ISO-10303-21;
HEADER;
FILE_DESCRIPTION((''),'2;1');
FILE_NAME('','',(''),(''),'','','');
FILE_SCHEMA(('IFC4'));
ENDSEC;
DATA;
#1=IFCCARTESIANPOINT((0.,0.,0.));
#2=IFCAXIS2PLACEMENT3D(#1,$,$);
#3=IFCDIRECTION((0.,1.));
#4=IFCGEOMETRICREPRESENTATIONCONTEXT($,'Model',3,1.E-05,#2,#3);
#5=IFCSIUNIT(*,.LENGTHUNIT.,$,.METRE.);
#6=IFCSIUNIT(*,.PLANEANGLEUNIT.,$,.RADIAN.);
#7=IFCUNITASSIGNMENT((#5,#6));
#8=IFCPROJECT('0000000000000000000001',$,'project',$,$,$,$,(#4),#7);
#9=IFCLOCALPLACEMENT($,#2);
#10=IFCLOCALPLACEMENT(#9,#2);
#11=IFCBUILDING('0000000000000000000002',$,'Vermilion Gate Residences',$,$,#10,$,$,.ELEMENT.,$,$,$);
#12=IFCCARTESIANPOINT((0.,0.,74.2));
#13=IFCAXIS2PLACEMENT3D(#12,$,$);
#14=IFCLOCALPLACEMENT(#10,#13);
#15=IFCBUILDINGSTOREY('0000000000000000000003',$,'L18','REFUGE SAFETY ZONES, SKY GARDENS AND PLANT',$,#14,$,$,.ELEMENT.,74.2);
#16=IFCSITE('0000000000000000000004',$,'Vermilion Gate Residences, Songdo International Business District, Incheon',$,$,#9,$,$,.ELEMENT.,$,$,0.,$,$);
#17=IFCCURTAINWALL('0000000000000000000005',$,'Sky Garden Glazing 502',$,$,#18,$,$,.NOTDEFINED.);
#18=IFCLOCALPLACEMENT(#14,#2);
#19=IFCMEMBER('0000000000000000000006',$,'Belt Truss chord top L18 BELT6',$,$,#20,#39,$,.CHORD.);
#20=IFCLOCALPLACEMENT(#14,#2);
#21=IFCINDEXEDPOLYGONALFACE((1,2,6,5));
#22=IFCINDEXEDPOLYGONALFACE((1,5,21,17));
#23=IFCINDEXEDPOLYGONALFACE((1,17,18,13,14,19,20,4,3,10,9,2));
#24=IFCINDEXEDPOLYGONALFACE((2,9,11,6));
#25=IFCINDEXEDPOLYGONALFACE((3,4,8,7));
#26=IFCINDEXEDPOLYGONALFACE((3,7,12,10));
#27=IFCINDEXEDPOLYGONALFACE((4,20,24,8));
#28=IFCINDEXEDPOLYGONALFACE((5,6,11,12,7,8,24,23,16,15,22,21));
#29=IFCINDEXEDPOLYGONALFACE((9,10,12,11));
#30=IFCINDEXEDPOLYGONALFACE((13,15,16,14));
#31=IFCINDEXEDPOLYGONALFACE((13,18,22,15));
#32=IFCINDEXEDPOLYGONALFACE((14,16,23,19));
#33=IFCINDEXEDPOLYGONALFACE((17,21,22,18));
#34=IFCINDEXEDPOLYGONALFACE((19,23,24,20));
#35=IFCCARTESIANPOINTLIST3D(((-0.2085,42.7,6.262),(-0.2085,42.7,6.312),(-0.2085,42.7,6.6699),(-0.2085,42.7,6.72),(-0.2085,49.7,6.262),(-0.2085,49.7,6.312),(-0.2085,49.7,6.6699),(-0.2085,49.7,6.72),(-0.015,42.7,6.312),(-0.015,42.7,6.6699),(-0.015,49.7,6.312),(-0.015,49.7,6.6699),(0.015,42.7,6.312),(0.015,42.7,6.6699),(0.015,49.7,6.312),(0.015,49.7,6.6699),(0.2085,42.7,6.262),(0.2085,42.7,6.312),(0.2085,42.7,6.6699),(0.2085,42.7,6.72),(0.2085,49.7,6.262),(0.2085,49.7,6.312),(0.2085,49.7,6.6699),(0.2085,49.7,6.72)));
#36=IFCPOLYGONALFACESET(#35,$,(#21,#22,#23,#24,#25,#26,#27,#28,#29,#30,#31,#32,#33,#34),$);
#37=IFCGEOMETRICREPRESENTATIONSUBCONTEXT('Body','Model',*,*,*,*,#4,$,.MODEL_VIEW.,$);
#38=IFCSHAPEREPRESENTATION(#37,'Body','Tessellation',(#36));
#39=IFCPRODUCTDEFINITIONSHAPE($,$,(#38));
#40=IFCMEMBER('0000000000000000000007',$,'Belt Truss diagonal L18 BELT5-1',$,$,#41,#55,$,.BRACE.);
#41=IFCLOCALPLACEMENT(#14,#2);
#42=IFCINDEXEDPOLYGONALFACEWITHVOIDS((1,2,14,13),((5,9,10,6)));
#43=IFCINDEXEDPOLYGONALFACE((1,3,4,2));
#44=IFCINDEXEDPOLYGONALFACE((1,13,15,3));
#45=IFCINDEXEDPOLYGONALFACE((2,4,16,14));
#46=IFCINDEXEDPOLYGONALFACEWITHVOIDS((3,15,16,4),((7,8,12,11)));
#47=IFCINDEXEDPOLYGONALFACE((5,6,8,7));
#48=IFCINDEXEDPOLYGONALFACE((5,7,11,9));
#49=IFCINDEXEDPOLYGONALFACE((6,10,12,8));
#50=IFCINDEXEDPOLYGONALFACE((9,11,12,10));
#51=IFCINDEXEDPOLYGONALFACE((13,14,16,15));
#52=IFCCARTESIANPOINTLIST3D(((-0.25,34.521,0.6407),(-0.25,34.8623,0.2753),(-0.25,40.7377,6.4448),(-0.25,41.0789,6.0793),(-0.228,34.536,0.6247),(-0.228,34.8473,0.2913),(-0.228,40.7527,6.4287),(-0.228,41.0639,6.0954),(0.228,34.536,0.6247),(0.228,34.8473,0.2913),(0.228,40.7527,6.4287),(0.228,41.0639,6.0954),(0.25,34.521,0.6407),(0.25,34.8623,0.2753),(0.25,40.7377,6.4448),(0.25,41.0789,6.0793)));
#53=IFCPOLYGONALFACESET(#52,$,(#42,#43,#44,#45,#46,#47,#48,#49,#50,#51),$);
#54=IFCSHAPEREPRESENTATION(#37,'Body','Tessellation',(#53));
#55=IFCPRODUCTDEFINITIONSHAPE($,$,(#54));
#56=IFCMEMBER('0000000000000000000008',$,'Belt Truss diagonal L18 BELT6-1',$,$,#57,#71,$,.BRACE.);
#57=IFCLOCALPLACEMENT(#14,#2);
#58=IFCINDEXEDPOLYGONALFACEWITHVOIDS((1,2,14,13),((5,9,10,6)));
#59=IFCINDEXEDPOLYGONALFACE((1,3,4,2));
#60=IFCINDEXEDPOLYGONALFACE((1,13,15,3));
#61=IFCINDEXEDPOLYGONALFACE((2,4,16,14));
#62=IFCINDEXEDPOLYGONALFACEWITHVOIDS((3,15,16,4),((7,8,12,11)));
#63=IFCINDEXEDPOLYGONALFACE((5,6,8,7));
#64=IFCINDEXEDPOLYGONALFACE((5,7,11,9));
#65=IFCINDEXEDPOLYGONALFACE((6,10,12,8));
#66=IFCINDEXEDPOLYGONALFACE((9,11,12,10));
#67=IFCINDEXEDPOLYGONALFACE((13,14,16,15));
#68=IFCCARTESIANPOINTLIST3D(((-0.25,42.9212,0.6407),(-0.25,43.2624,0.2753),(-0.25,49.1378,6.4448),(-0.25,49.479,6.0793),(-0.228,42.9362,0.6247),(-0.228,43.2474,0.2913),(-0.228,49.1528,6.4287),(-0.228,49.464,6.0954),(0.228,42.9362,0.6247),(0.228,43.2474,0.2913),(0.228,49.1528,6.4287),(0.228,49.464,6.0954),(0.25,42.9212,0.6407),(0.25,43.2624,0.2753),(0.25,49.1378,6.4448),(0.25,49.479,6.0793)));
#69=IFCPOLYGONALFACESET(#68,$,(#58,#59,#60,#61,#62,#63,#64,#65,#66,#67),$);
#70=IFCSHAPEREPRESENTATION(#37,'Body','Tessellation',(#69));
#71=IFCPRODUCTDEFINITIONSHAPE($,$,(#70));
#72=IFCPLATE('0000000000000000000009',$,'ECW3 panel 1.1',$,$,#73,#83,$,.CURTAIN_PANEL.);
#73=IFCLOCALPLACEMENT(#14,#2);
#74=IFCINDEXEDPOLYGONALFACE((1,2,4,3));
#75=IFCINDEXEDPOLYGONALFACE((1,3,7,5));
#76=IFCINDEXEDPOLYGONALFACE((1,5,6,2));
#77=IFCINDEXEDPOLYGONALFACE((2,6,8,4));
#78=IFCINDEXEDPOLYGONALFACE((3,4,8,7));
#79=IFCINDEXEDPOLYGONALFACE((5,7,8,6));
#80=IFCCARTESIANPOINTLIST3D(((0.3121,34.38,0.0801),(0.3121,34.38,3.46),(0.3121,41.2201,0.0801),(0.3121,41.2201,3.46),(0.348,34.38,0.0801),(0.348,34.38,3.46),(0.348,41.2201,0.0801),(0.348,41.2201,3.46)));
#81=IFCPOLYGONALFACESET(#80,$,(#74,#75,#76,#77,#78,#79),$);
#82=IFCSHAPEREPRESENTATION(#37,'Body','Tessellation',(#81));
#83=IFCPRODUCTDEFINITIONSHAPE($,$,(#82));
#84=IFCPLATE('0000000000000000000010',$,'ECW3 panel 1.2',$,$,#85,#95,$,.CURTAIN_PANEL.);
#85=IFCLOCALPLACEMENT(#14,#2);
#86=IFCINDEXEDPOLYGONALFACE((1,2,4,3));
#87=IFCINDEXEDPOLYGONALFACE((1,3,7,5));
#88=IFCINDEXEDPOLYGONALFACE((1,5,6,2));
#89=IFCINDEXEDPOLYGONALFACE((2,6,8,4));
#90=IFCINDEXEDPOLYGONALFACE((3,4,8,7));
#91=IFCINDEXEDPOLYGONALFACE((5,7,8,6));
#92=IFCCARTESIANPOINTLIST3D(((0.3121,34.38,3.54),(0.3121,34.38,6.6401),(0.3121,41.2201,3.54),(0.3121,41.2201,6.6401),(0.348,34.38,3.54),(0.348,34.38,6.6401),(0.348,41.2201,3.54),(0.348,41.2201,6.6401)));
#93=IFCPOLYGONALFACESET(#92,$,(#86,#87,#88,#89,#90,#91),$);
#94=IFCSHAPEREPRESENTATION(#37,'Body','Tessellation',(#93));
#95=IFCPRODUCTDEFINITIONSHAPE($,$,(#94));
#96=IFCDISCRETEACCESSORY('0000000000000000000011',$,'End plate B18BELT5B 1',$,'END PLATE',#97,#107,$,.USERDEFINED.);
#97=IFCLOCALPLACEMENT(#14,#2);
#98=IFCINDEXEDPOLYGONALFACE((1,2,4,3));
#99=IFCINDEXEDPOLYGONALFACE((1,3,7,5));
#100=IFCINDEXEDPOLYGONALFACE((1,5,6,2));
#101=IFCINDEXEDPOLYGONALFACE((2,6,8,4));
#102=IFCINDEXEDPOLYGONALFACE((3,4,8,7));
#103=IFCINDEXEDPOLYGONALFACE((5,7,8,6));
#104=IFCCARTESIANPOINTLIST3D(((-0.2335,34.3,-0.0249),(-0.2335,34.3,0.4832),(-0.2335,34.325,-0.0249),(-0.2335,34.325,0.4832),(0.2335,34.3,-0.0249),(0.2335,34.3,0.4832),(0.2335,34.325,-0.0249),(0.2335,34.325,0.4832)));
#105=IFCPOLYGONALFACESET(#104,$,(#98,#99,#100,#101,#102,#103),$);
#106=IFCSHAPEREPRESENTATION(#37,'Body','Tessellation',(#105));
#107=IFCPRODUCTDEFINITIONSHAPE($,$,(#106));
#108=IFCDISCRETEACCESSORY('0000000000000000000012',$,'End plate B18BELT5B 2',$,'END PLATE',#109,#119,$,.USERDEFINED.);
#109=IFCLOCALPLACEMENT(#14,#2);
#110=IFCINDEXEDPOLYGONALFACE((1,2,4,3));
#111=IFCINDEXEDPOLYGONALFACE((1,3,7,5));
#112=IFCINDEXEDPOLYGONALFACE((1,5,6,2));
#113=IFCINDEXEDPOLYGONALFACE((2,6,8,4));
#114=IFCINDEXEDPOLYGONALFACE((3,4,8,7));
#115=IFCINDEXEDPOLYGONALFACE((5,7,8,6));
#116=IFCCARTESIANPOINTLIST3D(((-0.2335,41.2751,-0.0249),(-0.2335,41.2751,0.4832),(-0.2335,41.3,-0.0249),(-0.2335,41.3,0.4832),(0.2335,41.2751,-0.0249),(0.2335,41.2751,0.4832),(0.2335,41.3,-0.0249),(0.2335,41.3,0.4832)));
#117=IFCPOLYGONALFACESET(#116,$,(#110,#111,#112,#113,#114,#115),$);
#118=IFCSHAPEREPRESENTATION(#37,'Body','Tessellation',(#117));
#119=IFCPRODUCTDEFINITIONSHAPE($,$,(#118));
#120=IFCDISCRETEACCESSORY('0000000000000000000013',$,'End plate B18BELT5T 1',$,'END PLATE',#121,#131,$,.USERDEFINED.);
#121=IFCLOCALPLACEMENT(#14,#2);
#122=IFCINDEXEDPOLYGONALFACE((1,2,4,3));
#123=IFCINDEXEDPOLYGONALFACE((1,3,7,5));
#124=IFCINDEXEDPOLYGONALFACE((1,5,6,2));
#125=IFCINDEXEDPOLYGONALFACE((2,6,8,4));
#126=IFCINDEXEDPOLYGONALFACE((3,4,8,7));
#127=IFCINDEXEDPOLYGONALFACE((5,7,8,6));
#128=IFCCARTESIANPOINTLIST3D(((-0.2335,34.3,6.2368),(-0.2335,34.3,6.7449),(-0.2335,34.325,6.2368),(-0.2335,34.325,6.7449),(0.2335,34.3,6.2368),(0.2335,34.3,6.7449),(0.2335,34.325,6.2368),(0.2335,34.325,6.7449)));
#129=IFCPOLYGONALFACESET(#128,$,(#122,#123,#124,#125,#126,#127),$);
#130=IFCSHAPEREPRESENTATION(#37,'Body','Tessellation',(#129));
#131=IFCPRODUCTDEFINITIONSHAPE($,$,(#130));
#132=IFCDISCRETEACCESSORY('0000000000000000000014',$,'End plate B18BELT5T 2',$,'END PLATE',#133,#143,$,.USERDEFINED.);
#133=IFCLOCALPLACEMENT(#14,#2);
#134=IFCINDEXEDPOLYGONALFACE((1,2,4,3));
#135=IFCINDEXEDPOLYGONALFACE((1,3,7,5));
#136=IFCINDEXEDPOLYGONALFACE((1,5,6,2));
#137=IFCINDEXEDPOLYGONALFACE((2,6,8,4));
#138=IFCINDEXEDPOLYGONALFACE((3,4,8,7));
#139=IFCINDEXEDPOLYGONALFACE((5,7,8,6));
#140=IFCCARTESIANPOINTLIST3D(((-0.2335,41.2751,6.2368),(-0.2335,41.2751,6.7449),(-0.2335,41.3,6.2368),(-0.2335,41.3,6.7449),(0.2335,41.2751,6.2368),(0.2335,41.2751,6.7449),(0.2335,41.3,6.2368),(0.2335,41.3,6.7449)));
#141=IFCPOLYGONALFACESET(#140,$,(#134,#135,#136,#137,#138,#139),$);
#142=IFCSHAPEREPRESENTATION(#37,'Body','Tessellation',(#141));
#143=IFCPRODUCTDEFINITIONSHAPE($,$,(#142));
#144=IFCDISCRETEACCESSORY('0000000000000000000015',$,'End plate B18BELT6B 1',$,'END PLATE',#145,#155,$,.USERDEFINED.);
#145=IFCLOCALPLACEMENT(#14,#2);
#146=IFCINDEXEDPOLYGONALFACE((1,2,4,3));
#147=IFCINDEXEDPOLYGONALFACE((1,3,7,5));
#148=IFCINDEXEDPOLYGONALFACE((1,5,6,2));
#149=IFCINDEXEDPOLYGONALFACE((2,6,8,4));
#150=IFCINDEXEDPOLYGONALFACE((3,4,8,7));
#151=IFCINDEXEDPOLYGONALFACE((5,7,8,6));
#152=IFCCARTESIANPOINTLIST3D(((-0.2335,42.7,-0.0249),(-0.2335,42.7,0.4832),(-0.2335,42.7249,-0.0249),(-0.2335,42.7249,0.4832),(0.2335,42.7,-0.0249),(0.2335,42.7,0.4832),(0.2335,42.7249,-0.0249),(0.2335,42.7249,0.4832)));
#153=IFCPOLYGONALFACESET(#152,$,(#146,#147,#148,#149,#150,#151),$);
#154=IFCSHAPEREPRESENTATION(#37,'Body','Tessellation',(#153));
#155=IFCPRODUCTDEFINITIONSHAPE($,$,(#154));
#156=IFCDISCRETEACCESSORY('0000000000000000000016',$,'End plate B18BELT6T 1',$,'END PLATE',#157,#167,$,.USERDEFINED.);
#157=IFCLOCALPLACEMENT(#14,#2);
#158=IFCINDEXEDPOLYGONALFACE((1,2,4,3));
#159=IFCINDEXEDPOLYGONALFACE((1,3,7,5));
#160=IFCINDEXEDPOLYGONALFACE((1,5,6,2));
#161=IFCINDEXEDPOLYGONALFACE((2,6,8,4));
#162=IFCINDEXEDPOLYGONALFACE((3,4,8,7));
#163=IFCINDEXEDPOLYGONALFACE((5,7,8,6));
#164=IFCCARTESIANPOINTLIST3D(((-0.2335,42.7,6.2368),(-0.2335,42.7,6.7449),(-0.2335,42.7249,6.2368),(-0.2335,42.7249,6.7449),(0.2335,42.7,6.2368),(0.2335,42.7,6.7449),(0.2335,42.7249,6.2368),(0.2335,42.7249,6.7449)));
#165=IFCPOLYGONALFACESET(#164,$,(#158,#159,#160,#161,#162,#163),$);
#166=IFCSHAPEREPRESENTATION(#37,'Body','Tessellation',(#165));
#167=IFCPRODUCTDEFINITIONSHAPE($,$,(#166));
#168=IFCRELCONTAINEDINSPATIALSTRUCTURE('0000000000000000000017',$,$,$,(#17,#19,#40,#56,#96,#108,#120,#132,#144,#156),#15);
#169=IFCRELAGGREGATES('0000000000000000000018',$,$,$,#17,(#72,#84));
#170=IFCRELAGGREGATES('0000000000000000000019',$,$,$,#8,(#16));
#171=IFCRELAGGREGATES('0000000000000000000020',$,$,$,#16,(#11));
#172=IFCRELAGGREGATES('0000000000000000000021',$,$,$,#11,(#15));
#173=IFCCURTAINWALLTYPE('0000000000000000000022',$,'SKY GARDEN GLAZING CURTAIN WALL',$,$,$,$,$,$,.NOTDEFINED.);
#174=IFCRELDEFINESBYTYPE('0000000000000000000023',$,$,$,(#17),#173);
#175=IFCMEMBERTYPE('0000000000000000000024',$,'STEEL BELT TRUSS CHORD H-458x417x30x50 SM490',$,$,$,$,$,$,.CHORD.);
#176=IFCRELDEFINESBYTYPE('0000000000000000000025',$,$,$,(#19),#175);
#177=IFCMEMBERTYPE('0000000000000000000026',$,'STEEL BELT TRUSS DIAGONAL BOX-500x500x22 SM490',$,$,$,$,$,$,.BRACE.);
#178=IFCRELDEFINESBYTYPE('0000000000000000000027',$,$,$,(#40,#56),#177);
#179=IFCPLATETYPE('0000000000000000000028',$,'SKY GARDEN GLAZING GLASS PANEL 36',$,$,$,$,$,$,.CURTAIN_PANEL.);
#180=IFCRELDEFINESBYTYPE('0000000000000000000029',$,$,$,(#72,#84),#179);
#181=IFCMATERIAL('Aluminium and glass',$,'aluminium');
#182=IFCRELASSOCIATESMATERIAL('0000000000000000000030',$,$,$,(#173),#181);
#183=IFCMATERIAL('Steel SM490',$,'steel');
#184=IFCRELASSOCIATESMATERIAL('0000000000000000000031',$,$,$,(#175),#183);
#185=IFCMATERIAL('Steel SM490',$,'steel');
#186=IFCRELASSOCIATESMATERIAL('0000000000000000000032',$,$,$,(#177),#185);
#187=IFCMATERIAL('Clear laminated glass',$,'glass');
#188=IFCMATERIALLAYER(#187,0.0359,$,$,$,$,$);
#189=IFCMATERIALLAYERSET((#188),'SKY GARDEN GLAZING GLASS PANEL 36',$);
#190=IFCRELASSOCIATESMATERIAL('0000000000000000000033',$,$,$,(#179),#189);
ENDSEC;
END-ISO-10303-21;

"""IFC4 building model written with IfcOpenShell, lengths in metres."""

from ifc_helpers import new_model, si_unit, direction, frame, origin, origin_2d, place, context, subcontext, project, spatial, rectangle, hollow_rectangle, i_section, extrude, material, layer, layer_set, material_profile, profile_set, type_object, element, aggregate, save


model = new_model("IFC4")

# Units and contexts
model_context = context("Model", 3, precision=1e-05, world=origin(), true_north=direction((0.0, 1.0)))
body_context = subcontext(model_context, "Body", "Model", "MODEL_VIEW")
ifc_project = project(units=[si_unit("LENGTHUNIT", "METRE"), si_unit("PLANEANGLEUNIT", "RADIAN")], contexts=[model_context])

# Site, building, storey
site_placement = place(None, origin())
site = spatial("IfcSite", under=ifc_project, at=site_placement, Name="Vermilion Gate Residences, Songdo International Business District, Incheon", CompositionType="ELEMENT", RefElevation=0.0)
building_placement = place(site_placement, origin())
building = spatial("IfcBuilding", under=site, at=building_placement, Name="Vermilion Gate Residences", CompositionType="ELEMENT")
storey_placement = place(building_placement, frame((0.0, 0.0, 74.2)))
storey = spatial("IfcBuildingStorey", under=building, at=storey_placement, Name="L18", Description="REFUGE SAFETY ZONES, SKY GARDENS AND PLANT", CompositionType="ELEMENT", Elevation=74.2)

# Shared definitions
ifc_material_1 = material(Name="Aluminium and glass", Category="aluminium")
curtain_wall_type = type_object("IfcCurtainWallType", Name="SKY GARDEN GLAZING CURTAIN WALL", PredefinedType="NOTDEFINED", material=ifc_material_1)

# Curtain wall
curtain_wall_1_placement = place(storey_placement, origin())
curtain_wall_1 = element("IfcCurtainWall", 1, at=curtain_wall_1_placement, inside=storey, type_object=curtain_wall_type, Name="Sky Garden Glazing 502", PredefinedType="NOTDEFINED")

# Members
ifc_material_2 = material(Name="Steel SM490", Category="steel")
ifc_material_profile_1 = material_profile(ifc_material_2, i_section(OverallWidth=0.417, OverallDepth=0.458, WebThickness=0.03, FlangeThickness=0.05, at=origin_2d()), Name="H-458x417x30x50")
ifc_profile_set_1 = profile_set([ifc_material_profile_1], Name="Steel SM490")
member_type_1 = type_object("IfcMemberType", Name="STEEL BELT TRUSS CHORD H-458x417x30x50 SM490", PredefinedType="CHORD", material=ifc_profile_set_1)
for number, where, z_axis, x_axis, name in (
    (2, (0.0, 42.7, 6.491), (0.0, 1.0, 0.0), (-1.0, 0.0, 0.0), "Belt Truss chord top L18 BELT6"),
):
    element("IfcMember", number, at=place(storey_placement, frame(where, z_axis=z_axis, x_axis=x_axis)), inside=storey, type_object=member_type_1, Name=name, PredefinedType="CHORD", context=body_context, shape_type="SweptSolid", body=[
        extrude(i_section(OverallWidth=0.417, OverallDepth=0.458, WebThickness=0.03, FlangeThickness=0.05, at=origin_2d()), origin(), (0.0, 0.0, 1.0), 7.0),
    ])
ifc_material_3 = material(Name="Steel SM490", Category="steel")
ifc_material_profile_2 = material_profile(ifc_material_3, hollow_rectangle(XDim=0.5, YDim=0.5, WallThickness=0.022, at=origin_2d()), Name="BOX-500x500x22")
ifc_profile_set_2 = profile_set([ifc_material_profile_2], Name="Steel SM490")
member_type_2 = type_object("IfcMemberType", Name="STEEL BELT TRUSS DIAGONAL BOX-500x500x22 SM490", PredefinedType="BRACE", material=ifc_profile_set_2)
for number, where, z_axis, x_axis, name in (
    (3, (0.0, 34.6917, 0.458), (0.0, 0.730947, 0.682434), (-1.0, 0.0, 0.0), "Belt Truss diagonal L18 BELT5-1"),
    (4, (0.0, 43.0918, 0.458), (0.0, 0.730947, 0.682434), (-1.0, 0.0, 0.0), "Belt Truss diagonal L18 BELT6-1"),
):
    element("IfcMember", number, at=place(storey_placement, frame(where, z_axis=z_axis, x_axis=x_axis)), inside=storey, type_object=member_type_2, Name=name, PredefinedType="BRACE", context=body_context, shape_type="SweptSolid", body=[
        extrude(hollow_rectangle(XDim=0.5, YDim=0.5, WallThickness=0.022, at=origin_2d()), origin(), (0.0, 0.0, 1.0), 8.5049),
    ])

# Plates
ifc_material_4 = material(Name="Clear laminated glass", Category="glass")
ifc_layer = layer(ifc_material_4, 0.0359)
ifc_layer_set = layer_set([ifc_layer], Name="SKY GARDEN GLAZING GLASS PANEL 36")
plate_type = type_object("IfcPlateType", Name="SKY GARDEN GLAZING GLASS PANEL 36", PredefinedType="CURTAIN_PANEL", material=ifc_layer_set)
plate_1_placement = place(storey_placement, frame((0.3301, 37.8, 0.0801), z_axis=(0.0, 0.0, 1.0), x_axis=(0.0, -1.0, 0.0)))
plate_1 = element("IfcPlate", 5, at=plate_1_placement, type_object=plate_type, Name="ECW3 panel 1.1", PredefinedType="CURTAIN_PANEL", context=body_context, shape_type="SweptSolid", body=[
    extrude(rectangle(XDim=6.8401, YDim=0.0359, at=origin_2d()), origin(), (0.0, 0.0, 1.0), 3.3799),
])
plate_2_placement = place(storey_placement, frame((0.3301, 37.8, 3.54), z_axis=(0.0, 0.0, 1.0), x_axis=(0.0, -1.0, 0.0)))
plate_2 = element("IfcPlate", 6, at=plate_2_placement, type_object=plate_type, Name="ECW3 panel 1.2", PredefinedType="CURTAIN_PANEL", context=body_context, shape_type="SweptSolid", body=[
    extrude(rectangle(XDim=6.8401, YDim=0.0359, at=origin_2d()), origin(), (0.0, 0.0, 1.0), 3.1001),
])
aggregate(curtain_wall_1, [plate_1, plate_2])

# Discrete accessories
for number, where, z_axis, x_axis, name in (
    (7, (0.0, 34.3125, -0.0249), (0.0, 0.0, 1.0), (1.0, 0.0, 0.0), "End plate B18BELT5B 1"),
    (8, (0.0, 41.2876, -0.0249), (0.0, 0.0, 1.0), (1.0, 0.0, 0.0), "End plate B18BELT5B 2"),
    (9, (0.0, 34.3125, 6.2368), (0.0, 0.0, 1.0), (1.0, 0.0, 0.0), "End plate B18BELT5T 1"),
    (10, (0.0, 41.2876, 6.2368), (0.0, 0.0, 1.0), (1.0, 0.0, 0.0), "End plate B18BELT5T 2"),
    (11, (0.0, 42.7124, -0.0249), (0.0, 0.0, 1.0), (1.0, 0.0, 0.0), "End plate B18BELT6B 1"),
    (12, (0.0, 42.7124, 6.2368), (0.0, 0.0, 1.0), (1.0, 0.0, 0.0), "End plate B18BELT6T 1"),
):
    element("IfcDiscreteAccessory", number, at=place(storey_placement, frame(where, z_axis=z_axis, x_axis=x_axis)), inside=storey, Name=name, ObjectType="END PLATE", PredefinedType="USERDEFINED", context=body_context, shape_type="SweptSolid", body=[
        extrude(rectangle(XDim=0.467, YDim=0.0249, at=origin_2d()), origin(), (0.0, 0.0, 1.0), 0.5081),
    ])

save(model, "model.ifc")
